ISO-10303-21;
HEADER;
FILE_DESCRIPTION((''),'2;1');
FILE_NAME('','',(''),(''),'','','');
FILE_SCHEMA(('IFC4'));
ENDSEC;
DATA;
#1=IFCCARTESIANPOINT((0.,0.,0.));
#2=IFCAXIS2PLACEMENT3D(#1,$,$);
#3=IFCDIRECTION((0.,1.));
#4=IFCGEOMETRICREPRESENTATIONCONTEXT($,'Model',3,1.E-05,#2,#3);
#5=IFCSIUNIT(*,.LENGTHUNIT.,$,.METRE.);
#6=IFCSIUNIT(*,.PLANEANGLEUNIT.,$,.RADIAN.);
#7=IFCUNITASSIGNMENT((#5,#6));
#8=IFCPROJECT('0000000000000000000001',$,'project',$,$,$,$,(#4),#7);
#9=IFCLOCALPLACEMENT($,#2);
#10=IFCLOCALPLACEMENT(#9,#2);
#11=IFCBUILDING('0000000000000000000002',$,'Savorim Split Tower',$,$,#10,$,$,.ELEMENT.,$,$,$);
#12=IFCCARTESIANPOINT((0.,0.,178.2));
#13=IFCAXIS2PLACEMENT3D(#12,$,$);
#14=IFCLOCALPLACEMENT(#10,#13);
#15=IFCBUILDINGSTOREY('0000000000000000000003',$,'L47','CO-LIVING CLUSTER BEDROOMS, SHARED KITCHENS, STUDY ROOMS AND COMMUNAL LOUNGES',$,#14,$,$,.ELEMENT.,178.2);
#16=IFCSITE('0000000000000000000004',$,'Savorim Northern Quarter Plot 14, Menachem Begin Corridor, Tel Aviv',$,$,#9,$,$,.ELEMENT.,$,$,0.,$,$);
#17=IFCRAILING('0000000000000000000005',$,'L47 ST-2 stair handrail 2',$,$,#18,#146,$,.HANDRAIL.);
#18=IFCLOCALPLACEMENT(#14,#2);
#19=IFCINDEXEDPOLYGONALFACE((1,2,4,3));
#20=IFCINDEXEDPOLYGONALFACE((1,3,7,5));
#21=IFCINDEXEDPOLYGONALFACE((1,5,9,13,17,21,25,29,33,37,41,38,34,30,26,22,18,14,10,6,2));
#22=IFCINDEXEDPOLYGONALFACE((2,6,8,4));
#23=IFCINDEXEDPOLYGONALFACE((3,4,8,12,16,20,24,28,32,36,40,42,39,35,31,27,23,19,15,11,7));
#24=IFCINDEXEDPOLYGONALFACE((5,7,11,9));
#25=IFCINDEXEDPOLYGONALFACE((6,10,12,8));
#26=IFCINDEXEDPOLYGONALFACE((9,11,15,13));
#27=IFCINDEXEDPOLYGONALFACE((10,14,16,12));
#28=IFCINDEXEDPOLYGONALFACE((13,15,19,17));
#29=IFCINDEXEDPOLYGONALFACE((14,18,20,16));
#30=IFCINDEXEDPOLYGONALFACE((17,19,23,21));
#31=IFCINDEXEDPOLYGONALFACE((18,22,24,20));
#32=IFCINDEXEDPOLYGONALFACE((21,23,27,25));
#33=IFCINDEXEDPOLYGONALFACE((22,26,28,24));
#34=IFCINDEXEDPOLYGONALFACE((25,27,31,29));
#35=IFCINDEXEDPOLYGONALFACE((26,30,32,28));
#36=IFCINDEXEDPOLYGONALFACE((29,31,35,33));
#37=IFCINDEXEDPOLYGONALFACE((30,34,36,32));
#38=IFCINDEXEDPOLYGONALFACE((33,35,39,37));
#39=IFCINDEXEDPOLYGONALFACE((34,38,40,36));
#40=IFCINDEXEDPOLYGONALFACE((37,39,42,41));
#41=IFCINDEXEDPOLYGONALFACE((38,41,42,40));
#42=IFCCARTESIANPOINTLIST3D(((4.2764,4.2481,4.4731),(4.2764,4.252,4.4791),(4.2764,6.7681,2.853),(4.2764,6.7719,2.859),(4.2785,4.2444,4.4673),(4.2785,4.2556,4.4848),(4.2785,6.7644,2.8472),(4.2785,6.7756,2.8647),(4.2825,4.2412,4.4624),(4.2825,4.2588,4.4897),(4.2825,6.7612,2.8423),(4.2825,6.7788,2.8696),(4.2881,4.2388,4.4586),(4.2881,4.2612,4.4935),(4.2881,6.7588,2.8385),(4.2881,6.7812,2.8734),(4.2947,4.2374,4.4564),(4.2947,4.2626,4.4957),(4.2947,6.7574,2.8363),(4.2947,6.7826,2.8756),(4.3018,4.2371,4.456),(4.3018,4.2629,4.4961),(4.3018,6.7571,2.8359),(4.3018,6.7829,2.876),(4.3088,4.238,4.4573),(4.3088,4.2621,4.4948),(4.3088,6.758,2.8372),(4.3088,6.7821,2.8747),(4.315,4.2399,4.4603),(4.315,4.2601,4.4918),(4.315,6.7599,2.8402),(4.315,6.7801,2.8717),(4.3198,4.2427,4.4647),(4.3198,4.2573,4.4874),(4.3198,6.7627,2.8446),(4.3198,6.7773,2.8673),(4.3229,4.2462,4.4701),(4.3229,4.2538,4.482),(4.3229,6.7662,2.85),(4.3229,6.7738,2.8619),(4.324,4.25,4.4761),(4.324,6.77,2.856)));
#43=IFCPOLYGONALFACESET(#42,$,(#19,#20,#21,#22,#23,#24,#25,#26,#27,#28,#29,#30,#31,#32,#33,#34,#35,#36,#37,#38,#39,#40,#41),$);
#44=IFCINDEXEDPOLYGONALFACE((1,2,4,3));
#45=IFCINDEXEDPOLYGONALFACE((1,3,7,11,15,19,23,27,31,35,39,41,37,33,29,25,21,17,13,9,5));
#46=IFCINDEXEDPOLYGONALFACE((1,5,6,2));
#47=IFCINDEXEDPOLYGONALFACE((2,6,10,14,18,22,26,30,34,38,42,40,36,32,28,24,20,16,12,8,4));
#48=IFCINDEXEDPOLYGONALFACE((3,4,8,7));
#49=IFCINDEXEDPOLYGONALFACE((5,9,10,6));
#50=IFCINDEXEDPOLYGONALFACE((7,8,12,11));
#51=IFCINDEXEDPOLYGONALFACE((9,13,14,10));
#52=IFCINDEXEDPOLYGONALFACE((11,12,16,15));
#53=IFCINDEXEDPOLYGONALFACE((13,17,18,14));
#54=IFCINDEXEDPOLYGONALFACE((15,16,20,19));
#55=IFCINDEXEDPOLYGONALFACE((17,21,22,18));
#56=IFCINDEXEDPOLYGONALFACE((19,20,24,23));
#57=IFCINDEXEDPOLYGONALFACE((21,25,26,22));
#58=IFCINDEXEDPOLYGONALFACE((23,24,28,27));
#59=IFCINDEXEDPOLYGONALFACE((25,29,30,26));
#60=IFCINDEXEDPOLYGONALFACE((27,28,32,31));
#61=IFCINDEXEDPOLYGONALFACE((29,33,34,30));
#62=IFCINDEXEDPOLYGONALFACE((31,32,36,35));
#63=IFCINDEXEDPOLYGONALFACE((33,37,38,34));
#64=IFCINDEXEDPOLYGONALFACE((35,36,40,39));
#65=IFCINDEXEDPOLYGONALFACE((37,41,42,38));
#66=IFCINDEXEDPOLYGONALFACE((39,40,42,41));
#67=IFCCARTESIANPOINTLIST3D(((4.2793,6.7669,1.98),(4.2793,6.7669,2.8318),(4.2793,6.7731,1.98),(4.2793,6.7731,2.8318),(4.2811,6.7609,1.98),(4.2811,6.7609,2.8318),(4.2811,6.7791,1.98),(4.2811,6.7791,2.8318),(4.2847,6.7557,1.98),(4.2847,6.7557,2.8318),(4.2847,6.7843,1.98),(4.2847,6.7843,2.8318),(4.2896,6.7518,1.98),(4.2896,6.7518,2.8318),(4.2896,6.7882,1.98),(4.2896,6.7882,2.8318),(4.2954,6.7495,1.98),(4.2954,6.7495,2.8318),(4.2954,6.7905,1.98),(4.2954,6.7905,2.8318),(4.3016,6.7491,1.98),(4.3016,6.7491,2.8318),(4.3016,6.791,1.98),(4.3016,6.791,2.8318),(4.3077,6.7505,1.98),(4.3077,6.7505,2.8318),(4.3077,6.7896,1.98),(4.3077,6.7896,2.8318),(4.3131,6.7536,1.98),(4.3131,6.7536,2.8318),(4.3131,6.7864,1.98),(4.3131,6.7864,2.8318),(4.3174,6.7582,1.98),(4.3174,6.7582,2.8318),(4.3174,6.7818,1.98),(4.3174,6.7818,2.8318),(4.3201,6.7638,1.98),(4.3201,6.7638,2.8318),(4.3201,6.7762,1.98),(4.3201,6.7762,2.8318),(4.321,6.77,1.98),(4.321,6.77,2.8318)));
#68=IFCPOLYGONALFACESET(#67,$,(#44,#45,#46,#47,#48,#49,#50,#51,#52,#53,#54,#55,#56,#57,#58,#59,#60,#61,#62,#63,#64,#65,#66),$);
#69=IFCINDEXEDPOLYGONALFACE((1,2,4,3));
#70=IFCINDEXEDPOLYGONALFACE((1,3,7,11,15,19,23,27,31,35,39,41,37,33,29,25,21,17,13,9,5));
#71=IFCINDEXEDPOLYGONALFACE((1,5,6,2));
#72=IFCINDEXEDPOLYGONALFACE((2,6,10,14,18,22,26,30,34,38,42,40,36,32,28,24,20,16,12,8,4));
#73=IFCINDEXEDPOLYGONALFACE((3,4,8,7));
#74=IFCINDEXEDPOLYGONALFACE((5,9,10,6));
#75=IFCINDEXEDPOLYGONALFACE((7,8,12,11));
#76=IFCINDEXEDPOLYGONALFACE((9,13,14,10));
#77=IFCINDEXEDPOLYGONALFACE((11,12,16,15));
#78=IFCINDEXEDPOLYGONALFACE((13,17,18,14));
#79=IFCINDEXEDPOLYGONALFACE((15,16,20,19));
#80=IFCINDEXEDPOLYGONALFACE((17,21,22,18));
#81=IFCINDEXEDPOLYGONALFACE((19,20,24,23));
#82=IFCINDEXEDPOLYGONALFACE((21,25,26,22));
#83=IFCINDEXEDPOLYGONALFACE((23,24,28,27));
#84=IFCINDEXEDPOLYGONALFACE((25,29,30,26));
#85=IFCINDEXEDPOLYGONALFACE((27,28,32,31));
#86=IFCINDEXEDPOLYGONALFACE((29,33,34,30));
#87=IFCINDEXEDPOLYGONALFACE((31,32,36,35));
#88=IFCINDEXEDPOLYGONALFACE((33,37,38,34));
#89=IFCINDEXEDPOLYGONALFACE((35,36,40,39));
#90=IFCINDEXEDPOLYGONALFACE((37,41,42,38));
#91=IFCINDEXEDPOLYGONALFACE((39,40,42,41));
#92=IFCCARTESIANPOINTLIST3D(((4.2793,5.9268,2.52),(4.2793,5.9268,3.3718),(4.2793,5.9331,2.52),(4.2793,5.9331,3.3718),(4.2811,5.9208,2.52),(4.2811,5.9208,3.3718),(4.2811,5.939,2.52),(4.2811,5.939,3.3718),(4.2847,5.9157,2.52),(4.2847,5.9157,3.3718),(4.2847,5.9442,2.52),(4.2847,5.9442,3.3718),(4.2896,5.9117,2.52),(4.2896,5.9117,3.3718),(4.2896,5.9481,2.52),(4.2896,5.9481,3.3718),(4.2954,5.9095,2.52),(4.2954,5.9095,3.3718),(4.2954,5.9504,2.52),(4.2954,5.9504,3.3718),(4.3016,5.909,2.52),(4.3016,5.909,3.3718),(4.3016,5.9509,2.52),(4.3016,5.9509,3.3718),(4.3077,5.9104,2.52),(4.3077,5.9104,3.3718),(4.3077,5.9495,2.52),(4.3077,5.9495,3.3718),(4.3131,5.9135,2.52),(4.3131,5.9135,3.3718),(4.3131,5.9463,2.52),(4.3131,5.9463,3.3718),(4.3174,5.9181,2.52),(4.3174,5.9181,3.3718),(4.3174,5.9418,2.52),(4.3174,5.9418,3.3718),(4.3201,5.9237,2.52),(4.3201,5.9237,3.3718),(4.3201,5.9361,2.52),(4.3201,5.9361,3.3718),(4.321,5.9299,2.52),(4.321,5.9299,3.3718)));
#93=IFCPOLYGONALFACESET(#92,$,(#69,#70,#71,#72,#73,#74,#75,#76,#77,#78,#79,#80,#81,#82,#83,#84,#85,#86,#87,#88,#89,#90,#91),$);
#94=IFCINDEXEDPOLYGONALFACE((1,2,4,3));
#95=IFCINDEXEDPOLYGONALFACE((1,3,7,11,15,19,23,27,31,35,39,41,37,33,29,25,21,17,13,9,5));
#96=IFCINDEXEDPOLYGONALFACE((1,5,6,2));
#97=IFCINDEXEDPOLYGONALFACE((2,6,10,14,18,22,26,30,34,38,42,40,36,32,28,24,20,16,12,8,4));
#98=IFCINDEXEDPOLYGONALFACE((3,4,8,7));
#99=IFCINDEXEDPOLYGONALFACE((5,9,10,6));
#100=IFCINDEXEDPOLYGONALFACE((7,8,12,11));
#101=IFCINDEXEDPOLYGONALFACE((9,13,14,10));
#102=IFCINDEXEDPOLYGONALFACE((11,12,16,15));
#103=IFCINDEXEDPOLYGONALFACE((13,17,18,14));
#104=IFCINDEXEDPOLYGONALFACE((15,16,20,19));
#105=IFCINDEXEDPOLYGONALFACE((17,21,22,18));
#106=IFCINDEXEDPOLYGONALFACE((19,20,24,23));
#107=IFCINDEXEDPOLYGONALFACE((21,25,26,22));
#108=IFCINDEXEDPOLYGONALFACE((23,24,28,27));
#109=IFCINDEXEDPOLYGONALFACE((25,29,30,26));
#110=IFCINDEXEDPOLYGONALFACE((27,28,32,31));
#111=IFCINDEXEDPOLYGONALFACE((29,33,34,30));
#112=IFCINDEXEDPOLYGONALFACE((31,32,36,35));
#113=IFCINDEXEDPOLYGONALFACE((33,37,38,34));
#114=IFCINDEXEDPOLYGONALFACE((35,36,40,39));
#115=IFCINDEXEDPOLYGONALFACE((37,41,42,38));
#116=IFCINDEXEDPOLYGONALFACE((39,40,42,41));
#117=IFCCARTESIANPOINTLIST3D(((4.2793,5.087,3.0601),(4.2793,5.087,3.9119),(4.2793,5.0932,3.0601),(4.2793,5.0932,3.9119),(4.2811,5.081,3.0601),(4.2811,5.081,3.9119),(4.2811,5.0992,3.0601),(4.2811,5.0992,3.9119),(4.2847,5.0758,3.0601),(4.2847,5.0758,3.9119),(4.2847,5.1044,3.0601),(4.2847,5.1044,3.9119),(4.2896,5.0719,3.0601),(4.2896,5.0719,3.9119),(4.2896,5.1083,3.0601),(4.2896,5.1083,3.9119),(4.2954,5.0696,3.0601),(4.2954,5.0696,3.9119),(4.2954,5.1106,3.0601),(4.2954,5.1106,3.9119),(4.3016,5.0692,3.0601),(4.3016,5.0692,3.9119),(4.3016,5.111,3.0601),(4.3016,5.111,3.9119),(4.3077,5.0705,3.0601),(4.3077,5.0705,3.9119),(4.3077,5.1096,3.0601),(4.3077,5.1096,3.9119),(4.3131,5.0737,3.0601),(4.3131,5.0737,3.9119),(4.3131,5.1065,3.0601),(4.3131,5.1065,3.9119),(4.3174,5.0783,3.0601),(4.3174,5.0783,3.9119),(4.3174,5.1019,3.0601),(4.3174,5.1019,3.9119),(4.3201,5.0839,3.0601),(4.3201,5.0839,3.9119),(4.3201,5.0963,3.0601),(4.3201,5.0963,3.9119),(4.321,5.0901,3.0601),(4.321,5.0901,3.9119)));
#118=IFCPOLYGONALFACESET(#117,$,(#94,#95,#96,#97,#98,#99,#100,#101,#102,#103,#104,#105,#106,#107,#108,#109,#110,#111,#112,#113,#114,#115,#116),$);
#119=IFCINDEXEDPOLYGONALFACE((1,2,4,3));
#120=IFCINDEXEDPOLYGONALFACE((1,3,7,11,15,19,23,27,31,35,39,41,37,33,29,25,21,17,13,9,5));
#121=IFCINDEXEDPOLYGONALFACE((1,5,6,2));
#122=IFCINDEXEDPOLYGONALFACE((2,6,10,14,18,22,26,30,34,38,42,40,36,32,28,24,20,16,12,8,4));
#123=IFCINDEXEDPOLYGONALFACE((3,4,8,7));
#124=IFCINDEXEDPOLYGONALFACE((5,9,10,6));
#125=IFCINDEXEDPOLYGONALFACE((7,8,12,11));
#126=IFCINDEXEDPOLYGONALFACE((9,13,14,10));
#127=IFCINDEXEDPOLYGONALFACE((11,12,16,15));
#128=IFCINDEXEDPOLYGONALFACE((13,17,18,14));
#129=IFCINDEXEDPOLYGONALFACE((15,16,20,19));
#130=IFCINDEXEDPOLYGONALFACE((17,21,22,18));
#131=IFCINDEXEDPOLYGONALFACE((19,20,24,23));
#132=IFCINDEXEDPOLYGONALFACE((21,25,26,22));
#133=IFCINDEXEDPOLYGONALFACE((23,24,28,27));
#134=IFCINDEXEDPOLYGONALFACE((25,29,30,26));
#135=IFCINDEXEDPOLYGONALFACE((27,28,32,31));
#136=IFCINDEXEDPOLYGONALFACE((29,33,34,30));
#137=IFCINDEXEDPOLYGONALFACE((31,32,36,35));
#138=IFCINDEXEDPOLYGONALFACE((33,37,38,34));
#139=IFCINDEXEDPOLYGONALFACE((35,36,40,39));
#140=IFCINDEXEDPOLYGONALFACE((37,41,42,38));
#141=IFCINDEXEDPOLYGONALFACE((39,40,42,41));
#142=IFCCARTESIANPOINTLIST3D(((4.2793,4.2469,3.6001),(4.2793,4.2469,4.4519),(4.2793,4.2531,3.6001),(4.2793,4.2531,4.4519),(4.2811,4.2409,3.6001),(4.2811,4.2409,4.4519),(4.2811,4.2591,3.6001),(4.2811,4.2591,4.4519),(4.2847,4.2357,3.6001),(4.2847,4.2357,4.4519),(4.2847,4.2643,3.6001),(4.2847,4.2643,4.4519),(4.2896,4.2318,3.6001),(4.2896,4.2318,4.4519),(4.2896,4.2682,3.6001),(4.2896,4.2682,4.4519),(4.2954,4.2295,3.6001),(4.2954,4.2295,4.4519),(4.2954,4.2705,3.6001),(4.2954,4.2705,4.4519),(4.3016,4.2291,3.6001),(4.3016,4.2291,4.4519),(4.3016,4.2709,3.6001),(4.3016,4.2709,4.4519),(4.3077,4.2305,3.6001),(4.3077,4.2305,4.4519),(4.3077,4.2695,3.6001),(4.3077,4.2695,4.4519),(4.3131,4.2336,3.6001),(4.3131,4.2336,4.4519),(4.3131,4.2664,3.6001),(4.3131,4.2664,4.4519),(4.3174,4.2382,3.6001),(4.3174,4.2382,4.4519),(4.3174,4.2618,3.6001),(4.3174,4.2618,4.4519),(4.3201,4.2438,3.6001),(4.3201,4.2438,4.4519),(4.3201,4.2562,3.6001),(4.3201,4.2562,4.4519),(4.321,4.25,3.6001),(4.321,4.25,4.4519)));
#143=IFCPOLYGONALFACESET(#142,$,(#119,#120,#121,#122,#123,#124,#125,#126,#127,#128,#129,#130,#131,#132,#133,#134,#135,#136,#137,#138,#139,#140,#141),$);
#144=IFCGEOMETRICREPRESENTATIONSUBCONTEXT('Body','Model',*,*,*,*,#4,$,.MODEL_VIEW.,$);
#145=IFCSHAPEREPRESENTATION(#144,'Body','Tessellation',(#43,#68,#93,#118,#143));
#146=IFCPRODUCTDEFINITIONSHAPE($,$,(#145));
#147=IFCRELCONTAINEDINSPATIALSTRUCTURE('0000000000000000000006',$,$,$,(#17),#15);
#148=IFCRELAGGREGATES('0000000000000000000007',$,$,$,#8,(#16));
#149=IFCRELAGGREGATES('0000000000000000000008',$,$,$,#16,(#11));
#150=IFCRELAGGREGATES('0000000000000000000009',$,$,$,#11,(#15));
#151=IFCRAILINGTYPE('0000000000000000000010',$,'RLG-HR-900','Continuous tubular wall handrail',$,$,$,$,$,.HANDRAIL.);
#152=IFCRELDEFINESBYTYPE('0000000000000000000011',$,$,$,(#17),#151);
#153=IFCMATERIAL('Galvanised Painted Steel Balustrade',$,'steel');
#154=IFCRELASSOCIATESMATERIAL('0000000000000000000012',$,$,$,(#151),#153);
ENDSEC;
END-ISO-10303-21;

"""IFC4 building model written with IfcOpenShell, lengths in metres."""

from ifc_helpers import new_model, si_unit, direction, frame, origin, origin_2d, place, context, subcontext, project, spatial, circle, extrude, material, type_object, element, save


model = new_model("IFC4")

# Units and contexts
model_context = context("Model", 3, precision=1e-05, world=origin(), true_north=direction((0.0, 1.0)))
body_context = subcontext(model_context, "Body", "Model", "MODEL_VIEW")
ifc_project = project(units=[si_unit("LENGTHUNIT", "METRE"), si_unit("PLANEANGLEUNIT", "RADIAN")], contexts=[model_context])

# Site, building, storey
site_placement = place(None, origin())
site = spatial("IfcSite", under=ifc_project, at=site_placement, Name="Savorim Northern Quarter Plot 14, Menachem Begin Corridor, Tel Aviv", CompositionType="ELEMENT", RefElevation=0.0)
building_placement = place(site_placement, origin())
building = spatial("IfcBuilding", under=site, at=building_placement, Name="Savorim Split Tower", CompositionType="ELEMENT")
storey_placement = place(building_placement, frame((0.0, 0.0, 178.2)))
storey = spatial("IfcBuildingStorey", under=building, at=storey_placement, Name="L47", Description="CO-LIVING CLUSTER BEDROOMS, SHARED KITCHENS, STUDY ROOMS AND COMMUNAL LOUNGES", CompositionType="ELEMENT", Elevation=178.2)

# Railing
ifc_material_1 = material(Name="Galvanised Painted Steel Balustrade", Category="steel")
railing_type_1 = type_object("IfcRailingType", Name="RLG-HR-900", Description="Continuous tubular wall handrail", PredefinedType="HANDRAIL", material=ifc_material_1)
railing_1_placement = place(storey_placement, frame((4.3, 6.77, 1.98)))
element("IfcRailing", 1, at=railing_1_placement, inside=storey, type_object=railing_type_1, Name="L47 ST-2 stair handrail 2", PredefinedType="HANDRAIL", context=body_context, shape_type="SweptSolid", body=[
    extrude(circle(Radius=0.0239, at=origin_2d()), frame((0.0, 0.0, 0.876), z_axis=(0.0, -0.841163, 0.540782), x_axis=(1.0, 0.0, 0.0)), (0.0, 0.0, 1.0), 2.9958),
    extrude(circle(Radius=0.021, at=origin_2d()), origin(), (0.0, 0.0, 1.0), 0.8518),
    extrude(circle(Radius=0.021, at=origin_2d()), frame((0.0, -0.8401, 0.54)), (0.0, 0.0, 1.0), 0.8518),
    extrude(circle(Radius=0.021, at=origin_2d()), frame((0.0, -1.6799, 1.0801)), (0.0, 0.0, 1.0), 0.8518),
    extrude(circle(Radius=0.021, at=origin_2d()), frame((0.0, -2.52, 1.6201)), (0.0, 0.0, 1.0), 0.8518),
])

save(model, "model.ifc")
